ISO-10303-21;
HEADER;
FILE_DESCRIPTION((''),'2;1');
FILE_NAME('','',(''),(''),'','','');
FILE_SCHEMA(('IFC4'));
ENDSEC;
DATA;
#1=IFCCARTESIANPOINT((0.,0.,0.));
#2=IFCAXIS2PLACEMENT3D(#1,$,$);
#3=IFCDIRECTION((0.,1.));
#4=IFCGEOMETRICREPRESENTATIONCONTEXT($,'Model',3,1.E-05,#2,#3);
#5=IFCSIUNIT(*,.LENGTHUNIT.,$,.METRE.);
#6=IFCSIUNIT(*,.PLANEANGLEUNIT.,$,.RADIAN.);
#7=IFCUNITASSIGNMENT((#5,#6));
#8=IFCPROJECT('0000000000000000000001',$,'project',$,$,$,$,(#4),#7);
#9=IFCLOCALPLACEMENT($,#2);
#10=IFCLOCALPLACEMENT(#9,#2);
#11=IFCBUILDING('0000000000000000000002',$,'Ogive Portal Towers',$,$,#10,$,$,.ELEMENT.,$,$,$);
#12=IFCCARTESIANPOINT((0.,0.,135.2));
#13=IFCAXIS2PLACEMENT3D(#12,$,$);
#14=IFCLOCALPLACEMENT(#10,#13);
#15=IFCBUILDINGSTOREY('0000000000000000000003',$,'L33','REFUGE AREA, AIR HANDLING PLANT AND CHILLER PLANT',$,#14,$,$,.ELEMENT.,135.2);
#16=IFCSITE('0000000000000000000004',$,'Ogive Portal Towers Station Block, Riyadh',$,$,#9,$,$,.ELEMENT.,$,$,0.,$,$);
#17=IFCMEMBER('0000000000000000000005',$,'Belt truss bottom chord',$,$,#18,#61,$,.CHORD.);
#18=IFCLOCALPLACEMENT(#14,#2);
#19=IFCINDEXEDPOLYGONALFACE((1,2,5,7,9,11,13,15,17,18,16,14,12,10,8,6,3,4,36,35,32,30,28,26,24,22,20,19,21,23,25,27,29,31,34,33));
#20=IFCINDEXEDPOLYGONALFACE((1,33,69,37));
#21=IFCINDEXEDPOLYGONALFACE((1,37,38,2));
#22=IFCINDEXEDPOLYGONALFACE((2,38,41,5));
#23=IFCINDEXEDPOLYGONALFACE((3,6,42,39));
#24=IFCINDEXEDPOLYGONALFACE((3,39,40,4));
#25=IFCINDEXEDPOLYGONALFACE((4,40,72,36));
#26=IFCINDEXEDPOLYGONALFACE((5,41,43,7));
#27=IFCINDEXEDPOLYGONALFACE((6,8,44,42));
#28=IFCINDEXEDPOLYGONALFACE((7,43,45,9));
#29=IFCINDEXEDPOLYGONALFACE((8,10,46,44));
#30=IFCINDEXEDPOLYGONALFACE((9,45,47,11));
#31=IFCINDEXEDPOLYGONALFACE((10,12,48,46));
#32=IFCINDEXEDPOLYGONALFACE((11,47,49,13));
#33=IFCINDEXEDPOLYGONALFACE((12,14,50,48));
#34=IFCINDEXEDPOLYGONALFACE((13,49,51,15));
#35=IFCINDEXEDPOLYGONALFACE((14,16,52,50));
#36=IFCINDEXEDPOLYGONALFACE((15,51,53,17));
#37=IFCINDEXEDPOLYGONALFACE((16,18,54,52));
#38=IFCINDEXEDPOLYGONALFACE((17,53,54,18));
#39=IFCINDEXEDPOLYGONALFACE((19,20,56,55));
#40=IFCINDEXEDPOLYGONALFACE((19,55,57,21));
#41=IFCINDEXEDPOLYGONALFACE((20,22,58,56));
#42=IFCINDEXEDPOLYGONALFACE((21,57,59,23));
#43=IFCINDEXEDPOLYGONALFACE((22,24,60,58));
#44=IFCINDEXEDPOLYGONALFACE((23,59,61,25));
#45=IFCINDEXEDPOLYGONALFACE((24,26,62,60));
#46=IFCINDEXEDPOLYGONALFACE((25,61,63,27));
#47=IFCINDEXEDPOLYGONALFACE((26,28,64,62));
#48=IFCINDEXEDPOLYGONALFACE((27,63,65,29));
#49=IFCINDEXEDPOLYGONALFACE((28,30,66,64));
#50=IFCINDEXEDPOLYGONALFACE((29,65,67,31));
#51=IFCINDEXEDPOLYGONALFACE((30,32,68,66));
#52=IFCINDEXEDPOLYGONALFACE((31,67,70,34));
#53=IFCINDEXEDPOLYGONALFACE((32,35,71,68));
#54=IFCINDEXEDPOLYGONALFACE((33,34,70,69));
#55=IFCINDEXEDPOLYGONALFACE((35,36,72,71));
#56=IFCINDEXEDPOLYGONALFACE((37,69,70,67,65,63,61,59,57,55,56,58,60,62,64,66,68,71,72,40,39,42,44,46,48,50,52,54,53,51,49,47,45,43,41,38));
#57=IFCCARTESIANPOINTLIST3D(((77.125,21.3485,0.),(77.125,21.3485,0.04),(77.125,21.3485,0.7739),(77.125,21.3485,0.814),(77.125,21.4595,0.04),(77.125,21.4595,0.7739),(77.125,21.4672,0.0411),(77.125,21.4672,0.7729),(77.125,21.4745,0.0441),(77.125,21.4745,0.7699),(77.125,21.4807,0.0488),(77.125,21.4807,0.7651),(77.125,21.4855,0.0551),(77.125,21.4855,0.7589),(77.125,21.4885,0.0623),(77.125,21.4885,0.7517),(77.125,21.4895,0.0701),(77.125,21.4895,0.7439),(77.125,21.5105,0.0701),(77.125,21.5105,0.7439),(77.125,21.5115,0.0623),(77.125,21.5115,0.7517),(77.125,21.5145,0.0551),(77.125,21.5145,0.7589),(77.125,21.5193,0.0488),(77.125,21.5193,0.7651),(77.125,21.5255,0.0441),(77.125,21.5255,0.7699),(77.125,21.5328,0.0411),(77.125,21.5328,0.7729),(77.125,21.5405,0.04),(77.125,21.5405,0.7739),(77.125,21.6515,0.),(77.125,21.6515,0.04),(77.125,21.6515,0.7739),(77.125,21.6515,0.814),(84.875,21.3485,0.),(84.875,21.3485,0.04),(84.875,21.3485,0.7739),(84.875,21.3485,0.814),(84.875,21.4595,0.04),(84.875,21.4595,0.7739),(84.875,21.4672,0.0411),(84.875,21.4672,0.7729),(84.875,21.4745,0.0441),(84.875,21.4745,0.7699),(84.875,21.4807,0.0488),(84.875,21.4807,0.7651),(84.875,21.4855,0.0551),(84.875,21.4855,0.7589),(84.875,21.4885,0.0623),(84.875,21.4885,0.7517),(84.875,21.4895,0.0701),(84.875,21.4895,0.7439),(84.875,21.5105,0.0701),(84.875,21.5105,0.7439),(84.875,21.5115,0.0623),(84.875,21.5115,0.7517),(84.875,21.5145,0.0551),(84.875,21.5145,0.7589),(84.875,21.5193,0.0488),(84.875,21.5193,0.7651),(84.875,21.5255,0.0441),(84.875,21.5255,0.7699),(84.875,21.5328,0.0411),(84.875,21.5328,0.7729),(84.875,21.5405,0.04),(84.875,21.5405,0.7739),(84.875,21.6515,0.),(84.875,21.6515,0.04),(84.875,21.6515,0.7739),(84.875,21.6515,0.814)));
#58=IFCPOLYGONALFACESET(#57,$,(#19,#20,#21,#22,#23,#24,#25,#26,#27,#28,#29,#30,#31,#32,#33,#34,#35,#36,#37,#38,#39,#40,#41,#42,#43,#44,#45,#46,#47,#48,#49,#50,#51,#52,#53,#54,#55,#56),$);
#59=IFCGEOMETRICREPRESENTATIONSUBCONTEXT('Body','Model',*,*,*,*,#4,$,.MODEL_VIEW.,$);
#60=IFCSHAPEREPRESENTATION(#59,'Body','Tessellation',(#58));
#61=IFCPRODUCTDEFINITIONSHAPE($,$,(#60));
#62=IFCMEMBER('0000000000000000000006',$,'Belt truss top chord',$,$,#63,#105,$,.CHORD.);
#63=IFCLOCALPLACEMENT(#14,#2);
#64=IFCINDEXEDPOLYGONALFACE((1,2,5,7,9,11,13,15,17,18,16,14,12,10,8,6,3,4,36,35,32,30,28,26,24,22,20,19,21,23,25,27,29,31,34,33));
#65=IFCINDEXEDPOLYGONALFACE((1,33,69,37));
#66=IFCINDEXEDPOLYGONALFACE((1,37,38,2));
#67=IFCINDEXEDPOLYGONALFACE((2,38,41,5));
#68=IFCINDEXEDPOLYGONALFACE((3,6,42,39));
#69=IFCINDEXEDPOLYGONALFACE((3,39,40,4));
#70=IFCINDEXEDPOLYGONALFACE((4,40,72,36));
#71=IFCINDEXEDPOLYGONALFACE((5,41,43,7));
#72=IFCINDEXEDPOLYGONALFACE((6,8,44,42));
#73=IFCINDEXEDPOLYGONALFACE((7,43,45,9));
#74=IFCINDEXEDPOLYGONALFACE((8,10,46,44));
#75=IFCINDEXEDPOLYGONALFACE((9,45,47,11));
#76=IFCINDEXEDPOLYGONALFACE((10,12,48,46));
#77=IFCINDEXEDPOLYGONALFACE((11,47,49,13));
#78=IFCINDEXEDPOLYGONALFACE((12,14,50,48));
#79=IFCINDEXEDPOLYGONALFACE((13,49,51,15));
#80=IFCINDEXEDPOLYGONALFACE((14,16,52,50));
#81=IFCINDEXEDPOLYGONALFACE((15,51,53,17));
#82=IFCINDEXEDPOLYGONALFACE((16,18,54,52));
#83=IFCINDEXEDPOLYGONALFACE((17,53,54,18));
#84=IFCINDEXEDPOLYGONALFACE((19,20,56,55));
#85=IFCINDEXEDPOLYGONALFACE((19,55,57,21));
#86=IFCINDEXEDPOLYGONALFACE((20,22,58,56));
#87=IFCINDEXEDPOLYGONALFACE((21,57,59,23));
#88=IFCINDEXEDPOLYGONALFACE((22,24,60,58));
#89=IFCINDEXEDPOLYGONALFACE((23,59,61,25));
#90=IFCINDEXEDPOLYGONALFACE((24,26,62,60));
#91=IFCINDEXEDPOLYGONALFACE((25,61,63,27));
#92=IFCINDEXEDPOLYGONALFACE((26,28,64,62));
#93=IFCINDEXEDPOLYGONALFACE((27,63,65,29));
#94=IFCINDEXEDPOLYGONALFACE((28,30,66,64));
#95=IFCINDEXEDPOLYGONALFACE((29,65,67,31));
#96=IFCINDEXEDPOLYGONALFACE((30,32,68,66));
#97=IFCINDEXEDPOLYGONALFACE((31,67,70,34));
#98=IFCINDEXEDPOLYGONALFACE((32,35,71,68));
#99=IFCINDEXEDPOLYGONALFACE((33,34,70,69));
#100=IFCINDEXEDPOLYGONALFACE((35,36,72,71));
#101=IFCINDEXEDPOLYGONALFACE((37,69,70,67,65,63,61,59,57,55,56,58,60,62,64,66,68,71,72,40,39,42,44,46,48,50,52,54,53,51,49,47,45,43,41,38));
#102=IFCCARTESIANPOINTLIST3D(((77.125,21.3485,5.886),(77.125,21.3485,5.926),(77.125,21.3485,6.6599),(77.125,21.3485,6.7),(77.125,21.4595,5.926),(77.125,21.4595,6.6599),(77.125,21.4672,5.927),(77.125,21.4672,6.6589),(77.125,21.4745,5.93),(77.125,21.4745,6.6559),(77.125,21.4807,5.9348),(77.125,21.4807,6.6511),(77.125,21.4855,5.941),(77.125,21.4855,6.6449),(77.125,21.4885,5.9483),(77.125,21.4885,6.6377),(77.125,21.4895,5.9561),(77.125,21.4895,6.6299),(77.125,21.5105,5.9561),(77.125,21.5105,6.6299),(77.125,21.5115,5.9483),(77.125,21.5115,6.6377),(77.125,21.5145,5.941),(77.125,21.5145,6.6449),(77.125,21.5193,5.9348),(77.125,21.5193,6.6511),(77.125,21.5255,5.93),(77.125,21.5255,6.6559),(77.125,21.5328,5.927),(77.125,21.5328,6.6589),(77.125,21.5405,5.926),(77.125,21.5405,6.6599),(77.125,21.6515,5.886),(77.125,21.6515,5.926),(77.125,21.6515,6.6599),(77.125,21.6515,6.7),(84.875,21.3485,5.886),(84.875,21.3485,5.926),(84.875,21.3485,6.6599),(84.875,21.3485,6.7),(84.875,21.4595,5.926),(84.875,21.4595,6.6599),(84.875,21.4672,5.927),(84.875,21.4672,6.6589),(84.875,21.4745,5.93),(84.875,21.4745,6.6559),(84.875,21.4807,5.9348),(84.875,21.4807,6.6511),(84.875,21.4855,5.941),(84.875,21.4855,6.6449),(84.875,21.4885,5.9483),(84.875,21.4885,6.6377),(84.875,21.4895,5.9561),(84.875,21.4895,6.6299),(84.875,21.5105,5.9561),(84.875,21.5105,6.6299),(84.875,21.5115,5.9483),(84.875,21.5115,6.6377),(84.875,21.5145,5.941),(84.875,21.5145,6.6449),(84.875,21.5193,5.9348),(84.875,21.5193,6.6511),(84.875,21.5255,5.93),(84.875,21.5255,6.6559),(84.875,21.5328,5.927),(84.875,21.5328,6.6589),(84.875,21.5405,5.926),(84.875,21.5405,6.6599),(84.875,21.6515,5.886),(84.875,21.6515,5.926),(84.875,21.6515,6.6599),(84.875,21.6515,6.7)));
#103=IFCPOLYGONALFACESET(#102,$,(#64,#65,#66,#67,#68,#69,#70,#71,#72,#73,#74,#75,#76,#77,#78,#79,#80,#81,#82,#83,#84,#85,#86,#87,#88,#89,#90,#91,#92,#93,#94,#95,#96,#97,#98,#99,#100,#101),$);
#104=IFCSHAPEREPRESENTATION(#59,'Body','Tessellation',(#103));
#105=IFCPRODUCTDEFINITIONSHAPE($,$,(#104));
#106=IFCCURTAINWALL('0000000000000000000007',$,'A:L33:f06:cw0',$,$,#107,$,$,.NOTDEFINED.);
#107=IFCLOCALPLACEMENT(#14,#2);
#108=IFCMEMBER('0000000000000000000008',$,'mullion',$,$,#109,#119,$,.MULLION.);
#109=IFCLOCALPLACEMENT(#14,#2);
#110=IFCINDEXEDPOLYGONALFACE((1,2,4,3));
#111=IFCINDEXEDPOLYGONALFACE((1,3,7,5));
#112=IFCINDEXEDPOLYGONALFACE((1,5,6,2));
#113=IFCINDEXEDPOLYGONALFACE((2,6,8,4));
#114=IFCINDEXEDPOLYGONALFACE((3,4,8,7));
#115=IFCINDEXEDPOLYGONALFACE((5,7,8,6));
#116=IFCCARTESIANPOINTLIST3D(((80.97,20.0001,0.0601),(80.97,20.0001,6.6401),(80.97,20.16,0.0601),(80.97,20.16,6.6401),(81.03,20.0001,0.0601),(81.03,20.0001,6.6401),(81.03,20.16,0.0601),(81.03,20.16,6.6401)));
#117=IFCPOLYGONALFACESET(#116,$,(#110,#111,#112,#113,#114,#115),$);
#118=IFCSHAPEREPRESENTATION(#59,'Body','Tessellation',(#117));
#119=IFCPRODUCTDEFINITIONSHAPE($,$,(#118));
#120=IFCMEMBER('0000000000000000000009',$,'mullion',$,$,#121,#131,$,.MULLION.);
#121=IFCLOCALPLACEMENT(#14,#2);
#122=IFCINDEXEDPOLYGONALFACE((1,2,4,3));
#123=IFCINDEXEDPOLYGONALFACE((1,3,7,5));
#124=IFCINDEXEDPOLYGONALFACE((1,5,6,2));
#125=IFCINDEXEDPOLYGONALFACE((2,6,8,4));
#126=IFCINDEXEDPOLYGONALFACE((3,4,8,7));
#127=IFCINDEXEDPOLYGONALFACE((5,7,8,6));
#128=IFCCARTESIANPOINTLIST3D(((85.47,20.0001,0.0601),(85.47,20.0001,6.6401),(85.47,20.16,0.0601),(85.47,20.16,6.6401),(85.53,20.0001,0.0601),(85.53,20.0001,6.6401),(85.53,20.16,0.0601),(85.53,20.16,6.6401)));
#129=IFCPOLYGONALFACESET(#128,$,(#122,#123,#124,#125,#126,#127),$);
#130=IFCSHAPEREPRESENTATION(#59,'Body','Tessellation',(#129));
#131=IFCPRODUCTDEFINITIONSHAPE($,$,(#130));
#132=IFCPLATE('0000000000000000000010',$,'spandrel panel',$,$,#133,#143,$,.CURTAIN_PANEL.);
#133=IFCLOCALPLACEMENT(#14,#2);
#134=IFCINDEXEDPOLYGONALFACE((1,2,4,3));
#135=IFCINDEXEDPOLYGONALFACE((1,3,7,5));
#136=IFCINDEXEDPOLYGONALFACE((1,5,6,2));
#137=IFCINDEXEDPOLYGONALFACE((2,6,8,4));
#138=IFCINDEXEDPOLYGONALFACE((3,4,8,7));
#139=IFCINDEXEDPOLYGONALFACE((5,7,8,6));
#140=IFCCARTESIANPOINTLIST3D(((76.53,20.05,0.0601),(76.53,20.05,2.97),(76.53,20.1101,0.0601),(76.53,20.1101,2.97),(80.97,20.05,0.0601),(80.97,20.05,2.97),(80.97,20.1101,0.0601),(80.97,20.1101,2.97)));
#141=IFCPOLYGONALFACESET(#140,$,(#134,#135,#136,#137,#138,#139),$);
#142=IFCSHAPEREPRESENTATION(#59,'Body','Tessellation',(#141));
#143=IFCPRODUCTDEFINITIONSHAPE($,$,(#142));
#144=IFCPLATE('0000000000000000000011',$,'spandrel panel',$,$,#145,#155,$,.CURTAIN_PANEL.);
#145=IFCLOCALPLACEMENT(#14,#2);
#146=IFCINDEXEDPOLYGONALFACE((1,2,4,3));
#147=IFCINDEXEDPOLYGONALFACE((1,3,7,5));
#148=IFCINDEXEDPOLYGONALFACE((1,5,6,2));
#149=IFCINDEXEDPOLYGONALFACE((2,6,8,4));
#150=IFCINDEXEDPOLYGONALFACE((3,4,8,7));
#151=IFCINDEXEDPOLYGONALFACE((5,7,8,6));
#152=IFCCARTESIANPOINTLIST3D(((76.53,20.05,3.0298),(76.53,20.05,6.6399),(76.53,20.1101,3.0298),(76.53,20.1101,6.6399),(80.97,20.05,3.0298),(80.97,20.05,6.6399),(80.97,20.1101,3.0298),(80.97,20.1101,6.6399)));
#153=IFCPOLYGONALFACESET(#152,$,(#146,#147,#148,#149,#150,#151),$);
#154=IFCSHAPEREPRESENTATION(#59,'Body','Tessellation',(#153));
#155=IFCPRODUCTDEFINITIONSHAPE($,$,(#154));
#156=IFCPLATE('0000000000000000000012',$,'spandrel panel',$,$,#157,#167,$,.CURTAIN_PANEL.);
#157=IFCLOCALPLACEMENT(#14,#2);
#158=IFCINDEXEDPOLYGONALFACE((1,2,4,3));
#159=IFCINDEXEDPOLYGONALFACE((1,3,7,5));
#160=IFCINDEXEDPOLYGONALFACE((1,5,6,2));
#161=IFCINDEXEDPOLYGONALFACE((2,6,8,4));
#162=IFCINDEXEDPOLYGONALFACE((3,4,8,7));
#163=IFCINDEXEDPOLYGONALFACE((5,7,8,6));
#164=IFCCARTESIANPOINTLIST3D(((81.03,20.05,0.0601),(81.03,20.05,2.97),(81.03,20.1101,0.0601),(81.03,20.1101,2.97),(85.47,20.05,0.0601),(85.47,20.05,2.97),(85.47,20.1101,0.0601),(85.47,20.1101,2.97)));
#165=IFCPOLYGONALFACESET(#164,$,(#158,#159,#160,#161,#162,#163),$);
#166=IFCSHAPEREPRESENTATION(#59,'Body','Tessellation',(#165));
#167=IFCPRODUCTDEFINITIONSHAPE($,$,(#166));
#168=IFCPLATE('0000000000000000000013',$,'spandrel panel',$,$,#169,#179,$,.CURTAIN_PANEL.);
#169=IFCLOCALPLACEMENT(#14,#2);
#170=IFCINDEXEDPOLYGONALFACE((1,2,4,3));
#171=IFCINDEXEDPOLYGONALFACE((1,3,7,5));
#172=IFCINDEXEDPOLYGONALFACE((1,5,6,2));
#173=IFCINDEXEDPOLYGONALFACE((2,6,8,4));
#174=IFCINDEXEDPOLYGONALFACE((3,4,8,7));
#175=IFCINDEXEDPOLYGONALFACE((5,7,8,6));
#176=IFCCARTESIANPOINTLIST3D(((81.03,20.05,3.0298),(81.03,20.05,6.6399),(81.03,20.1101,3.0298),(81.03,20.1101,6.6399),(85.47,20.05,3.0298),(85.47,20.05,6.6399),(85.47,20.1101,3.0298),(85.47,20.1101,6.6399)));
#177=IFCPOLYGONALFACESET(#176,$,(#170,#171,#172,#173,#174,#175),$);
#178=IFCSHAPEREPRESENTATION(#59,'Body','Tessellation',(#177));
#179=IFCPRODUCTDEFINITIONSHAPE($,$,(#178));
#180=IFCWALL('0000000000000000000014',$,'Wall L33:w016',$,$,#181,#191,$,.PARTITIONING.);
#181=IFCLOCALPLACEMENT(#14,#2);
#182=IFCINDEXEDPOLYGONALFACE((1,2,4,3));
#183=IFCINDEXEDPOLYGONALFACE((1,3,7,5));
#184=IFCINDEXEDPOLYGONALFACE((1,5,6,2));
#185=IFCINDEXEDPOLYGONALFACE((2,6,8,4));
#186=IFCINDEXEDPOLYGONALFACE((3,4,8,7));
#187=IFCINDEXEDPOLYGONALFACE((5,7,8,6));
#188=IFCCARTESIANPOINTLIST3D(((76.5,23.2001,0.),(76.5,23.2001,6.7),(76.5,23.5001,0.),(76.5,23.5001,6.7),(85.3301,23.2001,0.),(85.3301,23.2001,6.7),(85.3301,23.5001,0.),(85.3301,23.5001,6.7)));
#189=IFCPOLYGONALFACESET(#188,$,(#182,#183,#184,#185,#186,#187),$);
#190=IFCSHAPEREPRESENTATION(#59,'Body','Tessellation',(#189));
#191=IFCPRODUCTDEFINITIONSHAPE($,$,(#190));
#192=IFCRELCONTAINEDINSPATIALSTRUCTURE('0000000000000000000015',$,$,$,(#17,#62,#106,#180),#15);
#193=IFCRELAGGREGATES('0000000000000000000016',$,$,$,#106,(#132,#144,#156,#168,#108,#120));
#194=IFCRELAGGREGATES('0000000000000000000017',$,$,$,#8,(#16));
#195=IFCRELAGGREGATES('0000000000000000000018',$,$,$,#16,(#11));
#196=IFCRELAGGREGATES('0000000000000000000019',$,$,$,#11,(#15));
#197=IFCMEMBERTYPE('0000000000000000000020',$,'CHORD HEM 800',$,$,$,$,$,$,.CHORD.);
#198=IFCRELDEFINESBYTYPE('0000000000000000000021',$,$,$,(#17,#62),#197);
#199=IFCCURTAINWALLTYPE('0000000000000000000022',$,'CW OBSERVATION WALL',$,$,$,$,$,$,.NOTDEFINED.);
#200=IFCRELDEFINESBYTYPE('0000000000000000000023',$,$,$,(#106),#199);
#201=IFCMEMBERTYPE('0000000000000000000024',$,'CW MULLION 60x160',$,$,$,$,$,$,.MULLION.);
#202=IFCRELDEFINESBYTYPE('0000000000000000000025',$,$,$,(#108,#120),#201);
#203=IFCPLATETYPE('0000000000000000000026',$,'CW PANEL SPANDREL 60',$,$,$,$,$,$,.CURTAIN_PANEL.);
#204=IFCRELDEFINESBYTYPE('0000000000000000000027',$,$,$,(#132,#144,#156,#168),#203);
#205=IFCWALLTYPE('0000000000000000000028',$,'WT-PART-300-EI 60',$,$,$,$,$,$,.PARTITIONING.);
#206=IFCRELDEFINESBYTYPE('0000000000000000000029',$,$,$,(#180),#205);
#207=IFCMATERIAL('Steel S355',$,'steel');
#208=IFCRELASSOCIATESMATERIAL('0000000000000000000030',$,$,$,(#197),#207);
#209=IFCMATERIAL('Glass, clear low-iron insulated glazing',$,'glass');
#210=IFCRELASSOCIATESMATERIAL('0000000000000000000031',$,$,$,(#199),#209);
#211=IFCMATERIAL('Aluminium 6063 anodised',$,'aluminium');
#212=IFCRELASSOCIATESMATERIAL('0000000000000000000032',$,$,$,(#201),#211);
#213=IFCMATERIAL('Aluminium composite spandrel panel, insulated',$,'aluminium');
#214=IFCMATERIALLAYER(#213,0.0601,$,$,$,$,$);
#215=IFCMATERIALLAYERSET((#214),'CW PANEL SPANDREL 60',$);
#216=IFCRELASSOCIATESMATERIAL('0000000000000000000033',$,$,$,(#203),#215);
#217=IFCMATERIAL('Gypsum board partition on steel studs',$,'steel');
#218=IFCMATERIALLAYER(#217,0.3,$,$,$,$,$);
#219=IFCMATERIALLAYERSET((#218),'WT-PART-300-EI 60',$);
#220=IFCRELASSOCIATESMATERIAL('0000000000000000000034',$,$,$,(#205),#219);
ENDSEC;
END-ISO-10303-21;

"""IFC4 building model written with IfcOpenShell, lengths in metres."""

from ifc_helpers import new_model, si_unit, direction, frame, frame_2d, origin, origin_2d, place, context, subcontext, project, spatial, rectangle, i_section, extrude, material, layer, layer_set, material_profile, profile_set, type_object, element, aggregate, save


model = new_model("IFC4")

# Units and contexts
model_context = context("Model", 3, precision=1e-05, world=origin(), true_north=direction((0.0, 1.0)))
body_context = subcontext(model_context, "Body", "Model", "MODEL_VIEW")
ifc_project = project(units=[si_unit("LENGTHUNIT", "METRE"), si_unit("PLANEANGLEUNIT", "RADIAN")], contexts=[model_context])

# Site, building, storey
site_placement = place(None, origin())
site = spatial("IfcSite", under=ifc_project, at=site_placement, Name="Ogive Portal Towers Station Block, Riyadh", CompositionType="ELEMENT", RefElevation=0.0)
building_placement = place(site_placement, origin())
building = spatial("IfcBuilding", under=site, at=building_placement, Name="Ogive Portal Towers", CompositionType="ELEMENT")
storey_placement = place(building_placement, frame((0.0, 0.0, 135.2)))
storey = spatial("IfcBuildingStorey", under=building, at=storey_placement, Name="L33", Description="REFUGE AREA, AIR HANDLING PLANT AND CHILLER PLANT", CompositionType="ELEMENT", Elevation=135.2)

# Members
ifc_material_1 = material(Name="Steel S355", Category="steel")
ifc_material_profile_1 = material_profile(ifc_material_1, i_section(OverallWidth=0.303, OverallDepth=0.814, WebThickness=0.021, FlangeThickness=0.04, FilletRadius=0.03, at=origin_2d()), Name="HEM 800")
ifc_profile_set_1 = profile_set([ifc_material_profile_1], Name="Steel S355")
member_type_1 = type_object("IfcMemberType", Name="CHORD HEM 800", PredefinedType="CHORD", material=ifc_profile_set_1)
for number, where, z_axis, x_axis, name in (
    (1, (77.125, 21.5, 0.407), (1.0, 0.0, 0.0), (0.0, 1.0, 0.0), "Belt truss bottom chord"),
    (2, (77.125, 21.5, 6.293), (1.0, 0.0, 0.0), (0.0, 1.0, 0.0), "Belt truss top chord"),
):
    element("IfcMember", number, at=place(storey_placement, frame(where, z_axis=z_axis, x_axis=x_axis)), inside=storey, type_object=member_type_1, Name=name, PredefinedType="CHORD", context=body_context, shape_type="SweptSolid", body=[
        extrude(i_section(OverallWidth=0.303, OverallDepth=0.814, WebThickness=0.021, FlangeThickness=0.04, FilletRadius=0.03, at=origin_2d()), origin(), (0.0, 0.0, 1.0), 7.75),
    ])

# Curtain wall, members, plates
ifc_material_2 = material(Name="Glass, clear low-iron insulated glazing", Category="glass")
curtain_wall_type = type_object("IfcCurtainWallType", Name="CW OBSERVATION WALL", PredefinedType="NOTDEFINED", material=ifc_material_2)
curtain_wall_placement = place(storey_placement, origin())
curtain_wall = element("IfcCurtainWall", 3, at=curtain_wall_placement, inside=storey, type_object=curtain_wall_type, Name="A:L33:f06:cw0", PredefinedType="NOTDEFINED")
ifc_material_3 = material(Name="Aluminium 6063 anodised", Category="aluminium")
ifc_material_profile_2 = material_profile(ifc_material_3, rectangle(XDim=0.1599, YDim=0.0601, at=origin_2d()), Name="AL 60x160")
ifc_profile_set_2 = profile_set([ifc_material_profile_2], Name="Aluminium 6063 anodised")
member_type_2 = type_object("IfcMemberType", Name="CW MULLION 60x160", PredefinedType="MULLION", material=ifc_profile_set_2)
member_1_placement = place(storey_placement, frame((81.0, 20.0801, 0.0601), z_axis=(0.0, 0.0, 1.0), x_axis=(0.0, 1.0, 0.0)))
member_1 = element("IfcMember", 4, at=member_1_placement, type_object=member_type_2, Name="mullion", PredefinedType="MULLION", context=body_context, shape_type="SweptSolid", body=[
    extrude(rectangle(XDim=0.1599, YDim=0.0601, at=origin_2d()), origin(), (0.0, 0.0, 1.0), 6.5801),
])
member_2_placement = place(storey_placement, frame((85.5, 20.0801, 0.0601), z_axis=(0.0, 0.0, 1.0), x_axis=(0.0, 1.0, 0.0)))
member_2 = element("IfcMember", 5, at=member_2_placement, type_object=member_type_2, Name="mullion", PredefinedType="MULLION", context=body_context, shape_type="SweptSolid", body=[
    extrude(rectangle(XDim=0.1599, YDim=0.0601, at=origin_2d()), origin(), (0.0, 0.0, 1.0), 6.5801),
])
ifc_material_4 = material(Name="Aluminium composite spandrel panel, insulated", Category="aluminium")
ifc_layer_1 = layer(ifc_material_4, 0.0601)
ifc_layer_set_1 = layer_set([ifc_layer_1], Name="CW PANEL SPANDREL 60")
plate_type = type_object("IfcPlateType", Name="CW PANEL SPANDREL 60", PredefinedType="CURTAIN_PANEL", material=ifc_layer_set_1)
plate_1_placement = place(storey_placement, frame((78.75, 20.0801, 0.0601), z_axis=(0.0, 0.0, 1.0), x_axis=(1.0, 0.0, 0.0)))
plate_1 = element("IfcPlate", 6, at=plate_1_placement, type_object=plate_type, Name="spandrel panel", PredefinedType="CURTAIN_PANEL", context=body_context, shape_type="SweptSolid", body=[
    extrude(rectangle(XDim=4.4399, YDim=0.0601, at=origin_2d()), origin(), (0.0, 0.0, 1.0), 2.9099),
])
plate_2_placement = place(storey_placement, frame((78.75, 20.0801, 3.0298), z_axis=(0.0, 0.0, 1.0), x_axis=(1.0, 0.0, 0.0)))
plate_2 = element("IfcPlate", 7, at=plate_2_placement, type_object=plate_type, Name="spandrel panel", PredefinedType="CURTAIN_PANEL", context=body_context, shape_type="SweptSolid", body=[
    extrude(rectangle(XDim=4.4399, YDim=0.0601, at=origin_2d()), origin(), (0.0, 0.0, 1.0), 3.6101),
])
plate_3_placement = place(storey_placement, frame((83.25, 20.0801, 0.0601), z_axis=(0.0, 0.0, 1.0), x_axis=(1.0, 0.0, 0.0)))
plate_3 = element("IfcPlate", 8, at=plate_3_placement, type_object=plate_type, Name="spandrel panel", PredefinedType="CURTAIN_PANEL", context=body_context, shape_type="SweptSolid", body=[
    extrude(rectangle(XDim=4.4399, YDim=0.0601, at=origin_2d()), origin(), (0.0, 0.0, 1.0), 2.9099),
])
plate_4_placement = place(storey_placement, frame((83.25, 20.0801, 3.0298), z_axis=(0.0, 0.0, 1.0), x_axis=(1.0, 0.0, 0.0)))
plate_4 = element("IfcPlate", 9, at=plate_4_placement, type_object=plate_type, Name="spandrel panel", PredefinedType="CURTAIN_PANEL", context=body_context, shape_type="SweptSolid", body=[
    extrude(rectangle(XDim=4.4399, YDim=0.0601, at=origin_2d()), origin(), (0.0, 0.0, 1.0), 3.6101),
])
aggregate(curtain_wall, [plate_1, plate_2, plate_3, plate_4, member_1, member_2])

# Wall
ifc_material_5 = material(Name="Gypsum board partition on steel studs", Category="steel")
ifc_layer_2 = layer(ifc_material_5, 0.3)
ifc_layer_set_2 = layer_set([ifc_layer_2], Name="WT-PART-300-EI 60")
wall_type = type_object("IfcWallType", Name="WT-PART-300-EI 60", PredefinedType="PARTITIONING", material=ifc_layer_set_2)
wall_1_placement = place(storey_placement, frame((76.5, 23.3501, 0.0), z_axis=(0.0, 0.0, 1.0), x_axis=(1.0, 0.0, 0.0)))
element("IfcWall", 10, at=wall_1_placement, inside=storey, type_object=wall_type, Name="Wall L33:w016", PredefinedType="PARTITIONING", context=body_context, shape_type="SweptSolid", body=[
    extrude(rectangle(XDim=8.8301, YDim=0.3, at=frame_2d((4.415, 0.0))), origin(), (0.0, 0.0, 1.0), 6.7),
])

save(model, "model.ifc")
